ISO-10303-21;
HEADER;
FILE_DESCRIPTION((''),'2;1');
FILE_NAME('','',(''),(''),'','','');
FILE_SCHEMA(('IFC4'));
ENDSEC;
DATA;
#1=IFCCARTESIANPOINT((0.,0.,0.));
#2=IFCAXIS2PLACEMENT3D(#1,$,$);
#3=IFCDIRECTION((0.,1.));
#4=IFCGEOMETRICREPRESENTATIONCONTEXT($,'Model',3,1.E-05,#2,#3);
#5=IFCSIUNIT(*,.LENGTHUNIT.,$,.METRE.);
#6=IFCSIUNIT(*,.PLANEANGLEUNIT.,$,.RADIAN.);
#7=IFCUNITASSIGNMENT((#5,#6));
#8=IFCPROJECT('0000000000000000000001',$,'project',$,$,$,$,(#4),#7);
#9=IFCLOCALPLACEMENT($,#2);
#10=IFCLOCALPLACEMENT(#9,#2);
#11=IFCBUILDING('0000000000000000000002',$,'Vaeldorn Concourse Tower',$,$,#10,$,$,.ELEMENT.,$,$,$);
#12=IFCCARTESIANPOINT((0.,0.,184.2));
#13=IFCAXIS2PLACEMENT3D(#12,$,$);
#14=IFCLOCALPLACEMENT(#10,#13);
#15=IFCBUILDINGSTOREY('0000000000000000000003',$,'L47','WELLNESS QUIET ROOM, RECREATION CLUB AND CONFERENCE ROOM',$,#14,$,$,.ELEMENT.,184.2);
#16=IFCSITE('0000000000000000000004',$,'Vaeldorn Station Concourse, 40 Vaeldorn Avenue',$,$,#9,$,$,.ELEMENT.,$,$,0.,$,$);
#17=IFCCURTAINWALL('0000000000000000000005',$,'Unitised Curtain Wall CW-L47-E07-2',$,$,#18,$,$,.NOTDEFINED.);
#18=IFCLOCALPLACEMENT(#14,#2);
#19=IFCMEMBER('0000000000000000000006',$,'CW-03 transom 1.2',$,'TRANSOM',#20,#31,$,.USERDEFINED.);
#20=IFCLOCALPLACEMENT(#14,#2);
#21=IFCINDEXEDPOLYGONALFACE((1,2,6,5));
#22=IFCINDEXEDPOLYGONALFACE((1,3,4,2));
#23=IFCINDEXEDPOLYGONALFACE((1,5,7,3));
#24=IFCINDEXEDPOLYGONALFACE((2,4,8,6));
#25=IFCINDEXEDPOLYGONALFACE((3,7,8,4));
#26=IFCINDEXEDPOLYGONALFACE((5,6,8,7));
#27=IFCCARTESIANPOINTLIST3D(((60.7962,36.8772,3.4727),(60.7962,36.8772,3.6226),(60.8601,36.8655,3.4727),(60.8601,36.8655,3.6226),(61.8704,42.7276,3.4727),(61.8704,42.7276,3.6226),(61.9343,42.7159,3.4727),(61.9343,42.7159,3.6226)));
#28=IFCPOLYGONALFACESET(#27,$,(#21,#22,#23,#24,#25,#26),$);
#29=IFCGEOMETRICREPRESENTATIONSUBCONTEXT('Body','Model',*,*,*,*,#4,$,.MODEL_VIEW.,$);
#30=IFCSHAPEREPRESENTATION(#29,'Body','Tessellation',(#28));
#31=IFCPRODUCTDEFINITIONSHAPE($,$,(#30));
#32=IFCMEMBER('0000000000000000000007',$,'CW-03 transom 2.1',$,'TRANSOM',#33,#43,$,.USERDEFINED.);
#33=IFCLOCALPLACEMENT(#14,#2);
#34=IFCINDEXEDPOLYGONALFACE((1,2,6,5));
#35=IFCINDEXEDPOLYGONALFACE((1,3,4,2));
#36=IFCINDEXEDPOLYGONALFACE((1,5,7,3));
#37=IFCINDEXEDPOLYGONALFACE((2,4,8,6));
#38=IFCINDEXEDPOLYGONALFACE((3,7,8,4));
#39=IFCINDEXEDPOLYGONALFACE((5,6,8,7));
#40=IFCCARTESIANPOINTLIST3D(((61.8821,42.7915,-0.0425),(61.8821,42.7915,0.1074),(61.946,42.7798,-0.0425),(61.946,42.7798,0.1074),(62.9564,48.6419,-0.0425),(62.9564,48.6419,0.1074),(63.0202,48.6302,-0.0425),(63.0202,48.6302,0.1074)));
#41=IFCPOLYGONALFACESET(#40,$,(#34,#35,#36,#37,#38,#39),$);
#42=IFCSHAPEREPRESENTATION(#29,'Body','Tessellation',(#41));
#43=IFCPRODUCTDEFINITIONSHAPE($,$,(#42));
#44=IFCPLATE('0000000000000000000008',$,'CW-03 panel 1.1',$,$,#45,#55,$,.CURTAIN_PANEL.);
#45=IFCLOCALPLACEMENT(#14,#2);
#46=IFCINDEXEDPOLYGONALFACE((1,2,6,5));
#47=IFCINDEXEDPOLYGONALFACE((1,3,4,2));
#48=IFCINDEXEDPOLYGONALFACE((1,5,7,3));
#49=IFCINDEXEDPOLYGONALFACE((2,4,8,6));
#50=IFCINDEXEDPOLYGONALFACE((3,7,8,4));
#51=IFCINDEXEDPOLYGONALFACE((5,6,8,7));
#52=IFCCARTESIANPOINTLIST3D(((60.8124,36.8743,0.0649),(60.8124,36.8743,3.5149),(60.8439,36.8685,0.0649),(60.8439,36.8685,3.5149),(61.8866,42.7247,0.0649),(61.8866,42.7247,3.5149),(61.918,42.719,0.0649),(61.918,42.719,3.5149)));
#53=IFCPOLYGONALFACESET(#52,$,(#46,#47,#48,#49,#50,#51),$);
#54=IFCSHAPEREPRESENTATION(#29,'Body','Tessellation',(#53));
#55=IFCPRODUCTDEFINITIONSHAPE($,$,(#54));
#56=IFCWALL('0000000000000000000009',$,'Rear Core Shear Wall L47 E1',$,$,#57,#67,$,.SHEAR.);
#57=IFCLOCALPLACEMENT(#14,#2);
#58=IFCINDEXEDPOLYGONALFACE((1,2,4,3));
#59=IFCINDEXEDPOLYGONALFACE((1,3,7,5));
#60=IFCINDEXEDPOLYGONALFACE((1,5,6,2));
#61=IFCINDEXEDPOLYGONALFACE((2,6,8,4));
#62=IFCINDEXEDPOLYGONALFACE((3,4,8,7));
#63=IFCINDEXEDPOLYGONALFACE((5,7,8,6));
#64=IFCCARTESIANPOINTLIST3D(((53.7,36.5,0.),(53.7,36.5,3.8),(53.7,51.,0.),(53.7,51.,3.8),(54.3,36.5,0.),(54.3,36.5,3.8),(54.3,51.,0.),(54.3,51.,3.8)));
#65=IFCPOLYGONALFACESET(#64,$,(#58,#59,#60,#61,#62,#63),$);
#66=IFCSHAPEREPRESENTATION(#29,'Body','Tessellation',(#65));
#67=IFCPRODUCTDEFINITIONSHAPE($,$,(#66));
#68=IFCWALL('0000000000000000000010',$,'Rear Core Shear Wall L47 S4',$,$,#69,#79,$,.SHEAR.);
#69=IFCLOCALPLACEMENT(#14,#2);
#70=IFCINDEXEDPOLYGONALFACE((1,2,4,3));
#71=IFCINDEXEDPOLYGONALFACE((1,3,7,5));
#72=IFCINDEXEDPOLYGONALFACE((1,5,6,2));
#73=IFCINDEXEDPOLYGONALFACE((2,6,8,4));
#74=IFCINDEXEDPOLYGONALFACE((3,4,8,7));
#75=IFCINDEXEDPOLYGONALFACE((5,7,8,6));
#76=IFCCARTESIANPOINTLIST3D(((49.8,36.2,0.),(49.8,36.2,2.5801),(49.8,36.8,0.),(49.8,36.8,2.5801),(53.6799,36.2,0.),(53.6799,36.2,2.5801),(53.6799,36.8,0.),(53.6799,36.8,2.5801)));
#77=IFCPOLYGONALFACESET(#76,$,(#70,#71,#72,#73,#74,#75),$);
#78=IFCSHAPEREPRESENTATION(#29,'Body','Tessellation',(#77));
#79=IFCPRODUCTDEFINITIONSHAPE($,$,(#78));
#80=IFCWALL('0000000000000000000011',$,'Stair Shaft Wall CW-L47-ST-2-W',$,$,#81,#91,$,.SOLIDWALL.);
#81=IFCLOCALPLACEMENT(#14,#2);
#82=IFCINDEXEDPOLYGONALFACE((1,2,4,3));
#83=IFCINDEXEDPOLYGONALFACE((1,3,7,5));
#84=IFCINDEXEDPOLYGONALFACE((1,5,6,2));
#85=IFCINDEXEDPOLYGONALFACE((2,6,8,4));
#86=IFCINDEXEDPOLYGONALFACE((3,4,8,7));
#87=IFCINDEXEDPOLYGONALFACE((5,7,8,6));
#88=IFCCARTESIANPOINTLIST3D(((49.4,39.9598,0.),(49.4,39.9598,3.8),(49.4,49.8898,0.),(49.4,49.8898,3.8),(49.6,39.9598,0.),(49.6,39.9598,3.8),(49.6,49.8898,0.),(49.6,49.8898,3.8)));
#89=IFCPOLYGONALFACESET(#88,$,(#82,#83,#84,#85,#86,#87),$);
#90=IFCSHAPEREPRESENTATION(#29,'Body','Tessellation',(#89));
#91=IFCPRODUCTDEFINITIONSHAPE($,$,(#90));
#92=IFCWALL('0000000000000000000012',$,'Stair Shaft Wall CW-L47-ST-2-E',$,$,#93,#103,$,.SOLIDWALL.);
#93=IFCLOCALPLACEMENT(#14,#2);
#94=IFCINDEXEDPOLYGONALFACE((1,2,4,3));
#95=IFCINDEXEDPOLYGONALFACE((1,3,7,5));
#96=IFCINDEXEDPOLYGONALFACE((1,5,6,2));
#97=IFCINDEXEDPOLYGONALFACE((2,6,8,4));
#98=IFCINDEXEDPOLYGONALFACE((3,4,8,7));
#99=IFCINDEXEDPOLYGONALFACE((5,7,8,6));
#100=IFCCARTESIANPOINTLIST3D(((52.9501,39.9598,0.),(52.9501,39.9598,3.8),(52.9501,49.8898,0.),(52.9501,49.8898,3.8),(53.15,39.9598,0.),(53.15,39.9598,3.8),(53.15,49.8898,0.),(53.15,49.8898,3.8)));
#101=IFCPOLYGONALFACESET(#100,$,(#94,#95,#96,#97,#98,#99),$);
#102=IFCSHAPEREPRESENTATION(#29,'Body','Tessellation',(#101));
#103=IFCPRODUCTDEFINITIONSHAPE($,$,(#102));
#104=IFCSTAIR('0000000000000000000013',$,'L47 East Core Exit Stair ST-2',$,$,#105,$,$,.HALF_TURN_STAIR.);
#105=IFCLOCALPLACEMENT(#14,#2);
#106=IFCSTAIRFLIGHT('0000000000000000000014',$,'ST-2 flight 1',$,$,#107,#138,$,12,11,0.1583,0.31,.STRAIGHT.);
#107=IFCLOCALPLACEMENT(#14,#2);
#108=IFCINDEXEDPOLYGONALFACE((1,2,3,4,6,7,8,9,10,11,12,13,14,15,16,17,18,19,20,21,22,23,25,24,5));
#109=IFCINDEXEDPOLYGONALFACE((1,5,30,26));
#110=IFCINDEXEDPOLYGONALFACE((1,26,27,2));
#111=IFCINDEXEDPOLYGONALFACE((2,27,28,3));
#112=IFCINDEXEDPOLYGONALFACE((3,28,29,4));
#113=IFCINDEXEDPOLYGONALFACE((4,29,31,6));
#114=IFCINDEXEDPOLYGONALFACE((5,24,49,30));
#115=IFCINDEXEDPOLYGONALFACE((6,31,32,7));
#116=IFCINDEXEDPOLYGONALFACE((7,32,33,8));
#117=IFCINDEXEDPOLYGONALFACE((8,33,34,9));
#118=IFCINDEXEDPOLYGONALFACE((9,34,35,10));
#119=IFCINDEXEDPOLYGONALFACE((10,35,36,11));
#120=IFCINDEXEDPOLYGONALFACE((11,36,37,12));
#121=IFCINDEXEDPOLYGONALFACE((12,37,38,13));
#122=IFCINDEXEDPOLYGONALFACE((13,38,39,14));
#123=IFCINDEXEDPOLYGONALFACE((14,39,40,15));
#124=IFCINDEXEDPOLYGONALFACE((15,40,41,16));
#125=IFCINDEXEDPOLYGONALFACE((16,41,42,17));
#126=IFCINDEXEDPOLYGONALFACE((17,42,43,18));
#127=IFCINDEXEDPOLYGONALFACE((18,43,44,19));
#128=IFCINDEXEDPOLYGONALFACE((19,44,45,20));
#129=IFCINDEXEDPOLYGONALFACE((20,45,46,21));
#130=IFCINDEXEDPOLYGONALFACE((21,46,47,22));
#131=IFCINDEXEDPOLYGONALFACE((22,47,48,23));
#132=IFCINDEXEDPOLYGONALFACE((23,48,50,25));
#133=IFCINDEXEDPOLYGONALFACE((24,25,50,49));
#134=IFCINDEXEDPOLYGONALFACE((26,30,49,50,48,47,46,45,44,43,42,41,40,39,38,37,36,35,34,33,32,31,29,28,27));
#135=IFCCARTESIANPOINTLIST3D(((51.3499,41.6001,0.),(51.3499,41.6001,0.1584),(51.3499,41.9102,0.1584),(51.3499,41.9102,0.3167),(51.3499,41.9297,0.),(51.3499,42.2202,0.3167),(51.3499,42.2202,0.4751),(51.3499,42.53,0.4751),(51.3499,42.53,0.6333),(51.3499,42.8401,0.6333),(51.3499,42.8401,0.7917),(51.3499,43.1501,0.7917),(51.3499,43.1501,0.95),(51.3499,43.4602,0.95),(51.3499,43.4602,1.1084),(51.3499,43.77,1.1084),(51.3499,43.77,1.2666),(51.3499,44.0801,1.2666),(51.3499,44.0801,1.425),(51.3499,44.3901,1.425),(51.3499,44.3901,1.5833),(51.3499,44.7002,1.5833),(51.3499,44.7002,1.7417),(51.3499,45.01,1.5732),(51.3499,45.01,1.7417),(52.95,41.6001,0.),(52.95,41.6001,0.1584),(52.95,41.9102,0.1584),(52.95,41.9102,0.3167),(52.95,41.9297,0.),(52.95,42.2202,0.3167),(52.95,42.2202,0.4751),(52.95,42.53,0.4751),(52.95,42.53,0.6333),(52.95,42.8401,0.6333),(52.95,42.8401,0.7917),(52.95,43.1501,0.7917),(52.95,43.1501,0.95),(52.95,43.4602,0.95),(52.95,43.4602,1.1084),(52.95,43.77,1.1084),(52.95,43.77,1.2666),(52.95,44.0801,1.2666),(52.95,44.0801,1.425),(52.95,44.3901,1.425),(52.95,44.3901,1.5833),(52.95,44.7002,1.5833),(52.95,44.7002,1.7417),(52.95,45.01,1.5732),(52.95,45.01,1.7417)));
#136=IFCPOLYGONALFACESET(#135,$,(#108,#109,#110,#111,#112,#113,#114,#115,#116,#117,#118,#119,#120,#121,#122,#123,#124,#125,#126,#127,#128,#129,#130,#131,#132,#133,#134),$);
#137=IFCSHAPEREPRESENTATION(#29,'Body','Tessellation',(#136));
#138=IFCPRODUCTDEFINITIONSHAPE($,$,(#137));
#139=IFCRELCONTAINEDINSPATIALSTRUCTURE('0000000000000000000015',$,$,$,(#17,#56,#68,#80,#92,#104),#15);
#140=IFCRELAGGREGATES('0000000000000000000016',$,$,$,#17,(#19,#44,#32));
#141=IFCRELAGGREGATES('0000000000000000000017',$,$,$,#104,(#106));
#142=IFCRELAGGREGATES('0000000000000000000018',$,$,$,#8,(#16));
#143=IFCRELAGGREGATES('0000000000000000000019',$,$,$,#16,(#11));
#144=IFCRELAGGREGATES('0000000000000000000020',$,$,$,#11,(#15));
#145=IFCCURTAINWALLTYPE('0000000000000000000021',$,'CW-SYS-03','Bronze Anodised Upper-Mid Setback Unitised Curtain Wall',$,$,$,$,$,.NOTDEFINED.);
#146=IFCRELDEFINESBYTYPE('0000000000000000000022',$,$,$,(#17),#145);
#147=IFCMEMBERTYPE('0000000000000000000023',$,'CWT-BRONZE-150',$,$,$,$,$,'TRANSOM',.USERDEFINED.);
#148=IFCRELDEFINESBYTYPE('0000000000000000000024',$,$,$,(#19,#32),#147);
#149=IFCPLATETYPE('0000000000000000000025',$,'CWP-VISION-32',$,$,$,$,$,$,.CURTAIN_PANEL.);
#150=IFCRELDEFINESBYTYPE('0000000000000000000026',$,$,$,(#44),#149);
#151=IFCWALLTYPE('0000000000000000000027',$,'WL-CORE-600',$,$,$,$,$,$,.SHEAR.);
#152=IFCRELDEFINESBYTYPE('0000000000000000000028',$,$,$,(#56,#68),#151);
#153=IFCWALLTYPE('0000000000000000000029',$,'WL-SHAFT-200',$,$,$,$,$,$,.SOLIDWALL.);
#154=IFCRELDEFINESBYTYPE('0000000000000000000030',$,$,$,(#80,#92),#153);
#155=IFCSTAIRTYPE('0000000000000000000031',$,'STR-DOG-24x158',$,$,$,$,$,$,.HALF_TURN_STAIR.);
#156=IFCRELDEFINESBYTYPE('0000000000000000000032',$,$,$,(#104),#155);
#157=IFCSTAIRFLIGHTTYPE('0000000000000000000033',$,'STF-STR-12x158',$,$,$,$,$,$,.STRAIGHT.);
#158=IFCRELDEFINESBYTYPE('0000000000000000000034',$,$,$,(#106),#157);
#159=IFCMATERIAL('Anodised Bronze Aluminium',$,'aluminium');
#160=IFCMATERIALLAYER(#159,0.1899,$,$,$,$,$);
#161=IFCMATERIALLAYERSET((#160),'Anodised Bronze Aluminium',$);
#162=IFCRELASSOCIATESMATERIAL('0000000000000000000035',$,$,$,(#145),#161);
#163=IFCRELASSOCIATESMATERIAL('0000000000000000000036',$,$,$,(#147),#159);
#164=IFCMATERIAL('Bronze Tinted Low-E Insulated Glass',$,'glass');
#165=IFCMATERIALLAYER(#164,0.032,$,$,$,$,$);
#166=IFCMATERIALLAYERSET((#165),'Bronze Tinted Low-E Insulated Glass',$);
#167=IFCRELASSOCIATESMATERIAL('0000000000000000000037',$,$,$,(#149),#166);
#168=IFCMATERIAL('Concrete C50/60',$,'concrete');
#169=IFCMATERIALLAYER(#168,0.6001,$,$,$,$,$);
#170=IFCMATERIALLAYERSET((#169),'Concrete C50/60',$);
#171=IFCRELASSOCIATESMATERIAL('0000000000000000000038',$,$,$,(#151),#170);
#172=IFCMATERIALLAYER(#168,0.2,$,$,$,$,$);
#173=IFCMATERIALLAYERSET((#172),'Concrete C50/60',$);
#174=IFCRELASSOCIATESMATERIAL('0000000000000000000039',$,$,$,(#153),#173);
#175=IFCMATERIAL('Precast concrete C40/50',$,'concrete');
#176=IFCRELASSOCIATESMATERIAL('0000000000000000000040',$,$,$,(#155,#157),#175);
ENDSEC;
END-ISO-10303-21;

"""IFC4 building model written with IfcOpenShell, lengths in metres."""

from ifc_helpers import new_model, si_unit, direction, frame, frame_2d, origin, origin_2d, place, context, subcontext, project, spatial, polyline, rectangle, outline, extrude, source, transform, mapped, material, layer, layer_set, material_profile, profile_set, type_object, element, aggregate, save


model = new_model("IFC4")

# Units and contexts
model_context = context("Model", 3, precision=1e-05, world=origin(), true_north=direction((0.0, 1.0)))
body_context = subcontext(model_context, "Body", "Model", "MODEL_VIEW")
ifc_project = project(units=[si_unit("LENGTHUNIT", "METRE"), si_unit("PLANEANGLEUNIT", "RADIAN")], contexts=[model_context])

# Site, building, storey
site_placement = place(None, origin())
site = spatial("IfcSite", under=ifc_project, at=site_placement, Name="Vaeldorn Station Concourse, 40 Vaeldorn Avenue", CompositionType="ELEMENT", RefElevation=0.0)
building_placement = place(site_placement, origin())
building = spatial("IfcBuilding", under=site, at=building_placement, Name="Vaeldorn Concourse Tower", CompositionType="ELEMENT")
storey_placement = place(building_placement, frame((0.0, 0.0, 184.2)))
storey = spatial("IfcBuildingStorey", under=building, at=storey_placement, Name="L47", Description="WELLNESS QUIET ROOM, RECREATION CLUB AND CONFERENCE ROOM", CompositionType="ELEMENT", Elevation=184.2)

# Shared definitions
ifc_material_1 = material(Name="Concrete C50/60", Category="concrete")

# Curtain wall, members, plate
ifc_material_2 = material(Name="Anodised Bronze Aluminium", Category="aluminium")
ifc_layer_1 = layer(ifc_material_2, 0.1899)
ifc_layer_set_1 = layer_set([ifc_layer_1], Name="Anodised Bronze Aluminium")
curtain_wall_type = type_object("IfcCurtainWallType", Name="CW-SYS-03", Description="Bronze Anodised Upper-Mid Setback Unitised Curtain Wall", PredefinedType="NOTDEFINED", material=ifc_layer_set_1)
curtain_wall_placement = place(storey_placement, origin())
curtain_wall = element("IfcCurtainWall", 1, at=curtain_wall_placement, inside=storey, type_object=curtain_wall_type, Name="Unitised Curtain Wall CW-L47-E07-2", PredefinedType="NOTDEFINED")
ifc_material_profile_1 = material_profile(ifc_material_2, rectangle(XDim=0.0649, YDim=0.1499, at=origin_2d()), Name="CWT 65x150")
ifc_profile_set_1 = profile_set([ifc_material_profile_1], Name="Anodised Bronze Aluminium")
member_type_1 = type_object("IfcMemberType", Name="CWT-BRONZE-150", ElementType="TRANSOM", PredefinedType="USERDEFINED", material=ifc_profile_set_1)
shared_shape_1 = source(origin(), body_context, "Body", "SweptSolid", [
    extrude(rectangle(XDim=0.0649, YDim=0.1499, at=origin_2d()), origin(), (0.0, 0.0, 1.0), 5.9482),
])
member_1_placement = place(storey_placement, frame((60.8281, 36.8713, 3.5476), z_axis=(0.180597, 0.983557, 0.0), x_axis=(-0.983557, 0.180597, 0.0)))
member_1 = element("IfcMember", 2, at=member_1_placement, type_object=member_type_1, Name="CW-03 transom 1.2", ObjectType="TRANSOM", PredefinedType="USERDEFINED", context=body_context, shape_type="MappedRepresentation", body=[
    mapped(shared_shape_1, transform((0.0, 0.0, 0.0), scale=1.0)),
])
member_2_placement = place(storey_placement, frame((61.9141, 42.7856, 0.0325), z_axis=(0.180597, 0.983557, 0.0), x_axis=(-0.983557, 0.180597, 0.0)))
member_2 = element("IfcMember", 3, at=member_2_placement, type_object=member_type_1, Name="CW-03 transom 2.1", ObjectType="TRANSOM", PredefinedType="USERDEFINED", context=body_context, shape_type="MappedRepresentation", body=[
    mapped(shared_shape_1, transform((0.0, 0.0, 0.0), scale=1.0)),
])
ifc_material_3 = material(Name="Bronze Tinted Low-E Insulated Glass", Category="glass")
ifc_layer_2 = layer(ifc_material_3, 0.032)
ifc_layer_set_2 = layer_set([ifc_layer_2], Name="Bronze Tinted Low-E Insulated Glass")
plate_type = type_object("IfcPlateType", Name="CWP-VISION-32", PredefinedType="CURTAIN_PANEL", material=ifc_layer_set_2)
shared_shape_2 = source(origin(), body_context, "Body", "SweptSolid", [
    extrude(rectangle(XDim=5.9482, YDim=0.032, at=origin_2d()), origin(), (0.0, 0.0, 1.0), 3.45),
])
plate_placement = place(storey_placement, frame((61.3652, 39.7966, 0.0649), z_axis=(0.0, 0.0, 1.0), x_axis=(0.180585, 0.983559, 0.0)))
plate = element("IfcPlate", 4, at=plate_placement, type_object=plate_type, Name="CW-03 panel 1.1", PredefinedType="CURTAIN_PANEL", context=body_context, shape_type="MappedRepresentation", body=[
    mapped(shared_shape_2, transform((0.0, 0.0, 0.0), scale=1.0)),
])
aggregate(curtain_wall, [member_1, plate, member_2])

# Walls
ifc_layer_3 = layer(ifc_material_1, 0.6001)
ifc_layer_set_3 = layer_set([ifc_layer_3], Name="Concrete C50/60")
wall_type_1 = type_object("IfcWallType", Name="WL-CORE-600", PredefinedType="SHEAR", material=ifc_layer_set_3)
wall_1_placement = place(storey_placement, frame((54.0, 36.5, 0.0), z_axis=(0.0, 0.0, 1.0), x_axis=(0.0, 1.0, 0.0)))
element("IfcWall", 5, at=wall_1_placement, inside=storey, type_object=wall_type_1, Name="Rear Core Shear Wall L47 E1", PredefinedType="SHEAR", context=body_context, shape_type="SweptSolid", body=[
    extrude(rectangle(XDim=14.5, YDim=0.6001, at=frame_2d((7.25, 0.0))), origin(), (0.0, 0.0, 1.0), 3.8),
])
wall_2_placement = place(storey_placement, frame((49.8, 36.5, 0.0), z_axis=(0.0, 0.0, 1.0), x_axis=(1.0, 0.0, 0.0)))
element("IfcWall", 6, at=wall_2_placement, inside=storey, type_object=wall_type_1, Name="Rear Core Shear Wall L47 S4", PredefinedType="SHEAR", context=body_context, shape_type="SweptSolid", body=[
    extrude(rectangle(XDim=3.8799, YDim=0.6001, at=frame_2d((1.9399, 0.0))), origin(), (0.0, 0.0, 1.0), 2.5801),
])

# Shared definitions
ifc_layer_4 = layer(ifc_material_1, 0.2)
ifc_layer_set_4 = layer_set([ifc_layer_4], Name="Concrete C50/60")
wall_type_2 = type_object("IfcWallType", Name="WL-SHAFT-200", PredefinedType="SOLIDWALL", material=ifc_layer_set_4)

# Walls
for number, where, z_axis, x_axis, name in (
    (7, (49.5, 39.96, 0.0), (0.0, 0.0, 1.0), (0.0, 1.0, 0.0), "Stair Shaft Wall CW-L47-ST-2-W"),
    (8, (53.05, 39.96, 0.0), (0.0, 0.0, 1.0), (0.0, 1.0, 0.0), "Stair Shaft Wall CW-L47-ST-2-E"),
):
    element("IfcWall", number, at=place(storey_placement, frame(where, z_axis=z_axis, x_axis=x_axis)), inside=storey, type_object=wall_type_2, Name=name, PredefinedType="SOLIDWALL", context=body_context, shape_type="SweptSolid", body=[
        extrude(rectangle(XDim=9.9299, YDim=0.2, at=frame_2d((4.9648, 0.0))), origin(), (0.0, 0.0, 1.0), 3.8),
    ])

# Stair, stair flight
ifc_material_4 = material(Name="Precast concrete C40/50", Category="concrete")
stair_type = type_object("IfcStairType", Name="STR-DOG-24x158", PredefinedType="HALF_TURN_STAIR", material=ifc_material_4)
stair_placement = place(storey_placement, origin())
stair = element("IfcStair", 9, at=stair_placement, inside=storey, type_object=stair_type, Name="L47 East Core Exit Stair ST-2", PredefinedType="HALF_TURN_STAIR")
stair_flight_type = type_object("IfcStairFlightType", Name="STF-STR-12x158", PredefinedType="STRAIGHT", material=ifc_material_4)
stair_flight_placement = place(storey_placement, frame((52.1499, 41.6001, 0.0), z_axis=(0.0, 0.0, 1.0), x_axis=(0.0, 1.0, 0.0)))
stair_flight = element("IfcStairFlight", 10, at=stair_flight_placement, type_object=stair_flight_type, Name="ST-2 flight 1", NumberOfRisers=12, NumberOfTreads=11, PredefinedType="STRAIGHT", RiserHeight=0.1583, TreadLength=0.31, context=body_context, shape_type="SweptSolid", body=[
    extrude(outline(polyline([(0.0, 0.0), (0.0, 0.1584), (0.3101, 0.1584), (0.3101, 0.3167), (0.6201, 0.3167), (0.6201, 0.4751), (0.9299, 0.4751), (0.9299, 0.6333), (1.24, 0.6333), (1.24, 0.7917), (1.55, 0.7917), (1.55, 0.95), (1.8601, 0.95), (1.8601, 1.1084), (2.1699, 1.1084), (2.1699, 1.2666), (2.48, 1.2666), (2.48, 1.425), (2.79, 1.425), (2.79, 1.5833), (3.1001, 1.5833), (3.1001, 1.7417), (3.4099, 1.7417), (3.4099, 1.8999), (3.4099, 1.5732), (0.3296, 0.0), (0.0, 0.0)])), frame((0.0, 0.8, 0.0), z_axis=(0.0, -1.0, 0.0), x_axis=(1.0, 0.0, 0.0)), (0.0, 0.0, 1.0), 1.6001),
])
aggregate(stair, [stair_flight])

save(model, "model.ifc")
